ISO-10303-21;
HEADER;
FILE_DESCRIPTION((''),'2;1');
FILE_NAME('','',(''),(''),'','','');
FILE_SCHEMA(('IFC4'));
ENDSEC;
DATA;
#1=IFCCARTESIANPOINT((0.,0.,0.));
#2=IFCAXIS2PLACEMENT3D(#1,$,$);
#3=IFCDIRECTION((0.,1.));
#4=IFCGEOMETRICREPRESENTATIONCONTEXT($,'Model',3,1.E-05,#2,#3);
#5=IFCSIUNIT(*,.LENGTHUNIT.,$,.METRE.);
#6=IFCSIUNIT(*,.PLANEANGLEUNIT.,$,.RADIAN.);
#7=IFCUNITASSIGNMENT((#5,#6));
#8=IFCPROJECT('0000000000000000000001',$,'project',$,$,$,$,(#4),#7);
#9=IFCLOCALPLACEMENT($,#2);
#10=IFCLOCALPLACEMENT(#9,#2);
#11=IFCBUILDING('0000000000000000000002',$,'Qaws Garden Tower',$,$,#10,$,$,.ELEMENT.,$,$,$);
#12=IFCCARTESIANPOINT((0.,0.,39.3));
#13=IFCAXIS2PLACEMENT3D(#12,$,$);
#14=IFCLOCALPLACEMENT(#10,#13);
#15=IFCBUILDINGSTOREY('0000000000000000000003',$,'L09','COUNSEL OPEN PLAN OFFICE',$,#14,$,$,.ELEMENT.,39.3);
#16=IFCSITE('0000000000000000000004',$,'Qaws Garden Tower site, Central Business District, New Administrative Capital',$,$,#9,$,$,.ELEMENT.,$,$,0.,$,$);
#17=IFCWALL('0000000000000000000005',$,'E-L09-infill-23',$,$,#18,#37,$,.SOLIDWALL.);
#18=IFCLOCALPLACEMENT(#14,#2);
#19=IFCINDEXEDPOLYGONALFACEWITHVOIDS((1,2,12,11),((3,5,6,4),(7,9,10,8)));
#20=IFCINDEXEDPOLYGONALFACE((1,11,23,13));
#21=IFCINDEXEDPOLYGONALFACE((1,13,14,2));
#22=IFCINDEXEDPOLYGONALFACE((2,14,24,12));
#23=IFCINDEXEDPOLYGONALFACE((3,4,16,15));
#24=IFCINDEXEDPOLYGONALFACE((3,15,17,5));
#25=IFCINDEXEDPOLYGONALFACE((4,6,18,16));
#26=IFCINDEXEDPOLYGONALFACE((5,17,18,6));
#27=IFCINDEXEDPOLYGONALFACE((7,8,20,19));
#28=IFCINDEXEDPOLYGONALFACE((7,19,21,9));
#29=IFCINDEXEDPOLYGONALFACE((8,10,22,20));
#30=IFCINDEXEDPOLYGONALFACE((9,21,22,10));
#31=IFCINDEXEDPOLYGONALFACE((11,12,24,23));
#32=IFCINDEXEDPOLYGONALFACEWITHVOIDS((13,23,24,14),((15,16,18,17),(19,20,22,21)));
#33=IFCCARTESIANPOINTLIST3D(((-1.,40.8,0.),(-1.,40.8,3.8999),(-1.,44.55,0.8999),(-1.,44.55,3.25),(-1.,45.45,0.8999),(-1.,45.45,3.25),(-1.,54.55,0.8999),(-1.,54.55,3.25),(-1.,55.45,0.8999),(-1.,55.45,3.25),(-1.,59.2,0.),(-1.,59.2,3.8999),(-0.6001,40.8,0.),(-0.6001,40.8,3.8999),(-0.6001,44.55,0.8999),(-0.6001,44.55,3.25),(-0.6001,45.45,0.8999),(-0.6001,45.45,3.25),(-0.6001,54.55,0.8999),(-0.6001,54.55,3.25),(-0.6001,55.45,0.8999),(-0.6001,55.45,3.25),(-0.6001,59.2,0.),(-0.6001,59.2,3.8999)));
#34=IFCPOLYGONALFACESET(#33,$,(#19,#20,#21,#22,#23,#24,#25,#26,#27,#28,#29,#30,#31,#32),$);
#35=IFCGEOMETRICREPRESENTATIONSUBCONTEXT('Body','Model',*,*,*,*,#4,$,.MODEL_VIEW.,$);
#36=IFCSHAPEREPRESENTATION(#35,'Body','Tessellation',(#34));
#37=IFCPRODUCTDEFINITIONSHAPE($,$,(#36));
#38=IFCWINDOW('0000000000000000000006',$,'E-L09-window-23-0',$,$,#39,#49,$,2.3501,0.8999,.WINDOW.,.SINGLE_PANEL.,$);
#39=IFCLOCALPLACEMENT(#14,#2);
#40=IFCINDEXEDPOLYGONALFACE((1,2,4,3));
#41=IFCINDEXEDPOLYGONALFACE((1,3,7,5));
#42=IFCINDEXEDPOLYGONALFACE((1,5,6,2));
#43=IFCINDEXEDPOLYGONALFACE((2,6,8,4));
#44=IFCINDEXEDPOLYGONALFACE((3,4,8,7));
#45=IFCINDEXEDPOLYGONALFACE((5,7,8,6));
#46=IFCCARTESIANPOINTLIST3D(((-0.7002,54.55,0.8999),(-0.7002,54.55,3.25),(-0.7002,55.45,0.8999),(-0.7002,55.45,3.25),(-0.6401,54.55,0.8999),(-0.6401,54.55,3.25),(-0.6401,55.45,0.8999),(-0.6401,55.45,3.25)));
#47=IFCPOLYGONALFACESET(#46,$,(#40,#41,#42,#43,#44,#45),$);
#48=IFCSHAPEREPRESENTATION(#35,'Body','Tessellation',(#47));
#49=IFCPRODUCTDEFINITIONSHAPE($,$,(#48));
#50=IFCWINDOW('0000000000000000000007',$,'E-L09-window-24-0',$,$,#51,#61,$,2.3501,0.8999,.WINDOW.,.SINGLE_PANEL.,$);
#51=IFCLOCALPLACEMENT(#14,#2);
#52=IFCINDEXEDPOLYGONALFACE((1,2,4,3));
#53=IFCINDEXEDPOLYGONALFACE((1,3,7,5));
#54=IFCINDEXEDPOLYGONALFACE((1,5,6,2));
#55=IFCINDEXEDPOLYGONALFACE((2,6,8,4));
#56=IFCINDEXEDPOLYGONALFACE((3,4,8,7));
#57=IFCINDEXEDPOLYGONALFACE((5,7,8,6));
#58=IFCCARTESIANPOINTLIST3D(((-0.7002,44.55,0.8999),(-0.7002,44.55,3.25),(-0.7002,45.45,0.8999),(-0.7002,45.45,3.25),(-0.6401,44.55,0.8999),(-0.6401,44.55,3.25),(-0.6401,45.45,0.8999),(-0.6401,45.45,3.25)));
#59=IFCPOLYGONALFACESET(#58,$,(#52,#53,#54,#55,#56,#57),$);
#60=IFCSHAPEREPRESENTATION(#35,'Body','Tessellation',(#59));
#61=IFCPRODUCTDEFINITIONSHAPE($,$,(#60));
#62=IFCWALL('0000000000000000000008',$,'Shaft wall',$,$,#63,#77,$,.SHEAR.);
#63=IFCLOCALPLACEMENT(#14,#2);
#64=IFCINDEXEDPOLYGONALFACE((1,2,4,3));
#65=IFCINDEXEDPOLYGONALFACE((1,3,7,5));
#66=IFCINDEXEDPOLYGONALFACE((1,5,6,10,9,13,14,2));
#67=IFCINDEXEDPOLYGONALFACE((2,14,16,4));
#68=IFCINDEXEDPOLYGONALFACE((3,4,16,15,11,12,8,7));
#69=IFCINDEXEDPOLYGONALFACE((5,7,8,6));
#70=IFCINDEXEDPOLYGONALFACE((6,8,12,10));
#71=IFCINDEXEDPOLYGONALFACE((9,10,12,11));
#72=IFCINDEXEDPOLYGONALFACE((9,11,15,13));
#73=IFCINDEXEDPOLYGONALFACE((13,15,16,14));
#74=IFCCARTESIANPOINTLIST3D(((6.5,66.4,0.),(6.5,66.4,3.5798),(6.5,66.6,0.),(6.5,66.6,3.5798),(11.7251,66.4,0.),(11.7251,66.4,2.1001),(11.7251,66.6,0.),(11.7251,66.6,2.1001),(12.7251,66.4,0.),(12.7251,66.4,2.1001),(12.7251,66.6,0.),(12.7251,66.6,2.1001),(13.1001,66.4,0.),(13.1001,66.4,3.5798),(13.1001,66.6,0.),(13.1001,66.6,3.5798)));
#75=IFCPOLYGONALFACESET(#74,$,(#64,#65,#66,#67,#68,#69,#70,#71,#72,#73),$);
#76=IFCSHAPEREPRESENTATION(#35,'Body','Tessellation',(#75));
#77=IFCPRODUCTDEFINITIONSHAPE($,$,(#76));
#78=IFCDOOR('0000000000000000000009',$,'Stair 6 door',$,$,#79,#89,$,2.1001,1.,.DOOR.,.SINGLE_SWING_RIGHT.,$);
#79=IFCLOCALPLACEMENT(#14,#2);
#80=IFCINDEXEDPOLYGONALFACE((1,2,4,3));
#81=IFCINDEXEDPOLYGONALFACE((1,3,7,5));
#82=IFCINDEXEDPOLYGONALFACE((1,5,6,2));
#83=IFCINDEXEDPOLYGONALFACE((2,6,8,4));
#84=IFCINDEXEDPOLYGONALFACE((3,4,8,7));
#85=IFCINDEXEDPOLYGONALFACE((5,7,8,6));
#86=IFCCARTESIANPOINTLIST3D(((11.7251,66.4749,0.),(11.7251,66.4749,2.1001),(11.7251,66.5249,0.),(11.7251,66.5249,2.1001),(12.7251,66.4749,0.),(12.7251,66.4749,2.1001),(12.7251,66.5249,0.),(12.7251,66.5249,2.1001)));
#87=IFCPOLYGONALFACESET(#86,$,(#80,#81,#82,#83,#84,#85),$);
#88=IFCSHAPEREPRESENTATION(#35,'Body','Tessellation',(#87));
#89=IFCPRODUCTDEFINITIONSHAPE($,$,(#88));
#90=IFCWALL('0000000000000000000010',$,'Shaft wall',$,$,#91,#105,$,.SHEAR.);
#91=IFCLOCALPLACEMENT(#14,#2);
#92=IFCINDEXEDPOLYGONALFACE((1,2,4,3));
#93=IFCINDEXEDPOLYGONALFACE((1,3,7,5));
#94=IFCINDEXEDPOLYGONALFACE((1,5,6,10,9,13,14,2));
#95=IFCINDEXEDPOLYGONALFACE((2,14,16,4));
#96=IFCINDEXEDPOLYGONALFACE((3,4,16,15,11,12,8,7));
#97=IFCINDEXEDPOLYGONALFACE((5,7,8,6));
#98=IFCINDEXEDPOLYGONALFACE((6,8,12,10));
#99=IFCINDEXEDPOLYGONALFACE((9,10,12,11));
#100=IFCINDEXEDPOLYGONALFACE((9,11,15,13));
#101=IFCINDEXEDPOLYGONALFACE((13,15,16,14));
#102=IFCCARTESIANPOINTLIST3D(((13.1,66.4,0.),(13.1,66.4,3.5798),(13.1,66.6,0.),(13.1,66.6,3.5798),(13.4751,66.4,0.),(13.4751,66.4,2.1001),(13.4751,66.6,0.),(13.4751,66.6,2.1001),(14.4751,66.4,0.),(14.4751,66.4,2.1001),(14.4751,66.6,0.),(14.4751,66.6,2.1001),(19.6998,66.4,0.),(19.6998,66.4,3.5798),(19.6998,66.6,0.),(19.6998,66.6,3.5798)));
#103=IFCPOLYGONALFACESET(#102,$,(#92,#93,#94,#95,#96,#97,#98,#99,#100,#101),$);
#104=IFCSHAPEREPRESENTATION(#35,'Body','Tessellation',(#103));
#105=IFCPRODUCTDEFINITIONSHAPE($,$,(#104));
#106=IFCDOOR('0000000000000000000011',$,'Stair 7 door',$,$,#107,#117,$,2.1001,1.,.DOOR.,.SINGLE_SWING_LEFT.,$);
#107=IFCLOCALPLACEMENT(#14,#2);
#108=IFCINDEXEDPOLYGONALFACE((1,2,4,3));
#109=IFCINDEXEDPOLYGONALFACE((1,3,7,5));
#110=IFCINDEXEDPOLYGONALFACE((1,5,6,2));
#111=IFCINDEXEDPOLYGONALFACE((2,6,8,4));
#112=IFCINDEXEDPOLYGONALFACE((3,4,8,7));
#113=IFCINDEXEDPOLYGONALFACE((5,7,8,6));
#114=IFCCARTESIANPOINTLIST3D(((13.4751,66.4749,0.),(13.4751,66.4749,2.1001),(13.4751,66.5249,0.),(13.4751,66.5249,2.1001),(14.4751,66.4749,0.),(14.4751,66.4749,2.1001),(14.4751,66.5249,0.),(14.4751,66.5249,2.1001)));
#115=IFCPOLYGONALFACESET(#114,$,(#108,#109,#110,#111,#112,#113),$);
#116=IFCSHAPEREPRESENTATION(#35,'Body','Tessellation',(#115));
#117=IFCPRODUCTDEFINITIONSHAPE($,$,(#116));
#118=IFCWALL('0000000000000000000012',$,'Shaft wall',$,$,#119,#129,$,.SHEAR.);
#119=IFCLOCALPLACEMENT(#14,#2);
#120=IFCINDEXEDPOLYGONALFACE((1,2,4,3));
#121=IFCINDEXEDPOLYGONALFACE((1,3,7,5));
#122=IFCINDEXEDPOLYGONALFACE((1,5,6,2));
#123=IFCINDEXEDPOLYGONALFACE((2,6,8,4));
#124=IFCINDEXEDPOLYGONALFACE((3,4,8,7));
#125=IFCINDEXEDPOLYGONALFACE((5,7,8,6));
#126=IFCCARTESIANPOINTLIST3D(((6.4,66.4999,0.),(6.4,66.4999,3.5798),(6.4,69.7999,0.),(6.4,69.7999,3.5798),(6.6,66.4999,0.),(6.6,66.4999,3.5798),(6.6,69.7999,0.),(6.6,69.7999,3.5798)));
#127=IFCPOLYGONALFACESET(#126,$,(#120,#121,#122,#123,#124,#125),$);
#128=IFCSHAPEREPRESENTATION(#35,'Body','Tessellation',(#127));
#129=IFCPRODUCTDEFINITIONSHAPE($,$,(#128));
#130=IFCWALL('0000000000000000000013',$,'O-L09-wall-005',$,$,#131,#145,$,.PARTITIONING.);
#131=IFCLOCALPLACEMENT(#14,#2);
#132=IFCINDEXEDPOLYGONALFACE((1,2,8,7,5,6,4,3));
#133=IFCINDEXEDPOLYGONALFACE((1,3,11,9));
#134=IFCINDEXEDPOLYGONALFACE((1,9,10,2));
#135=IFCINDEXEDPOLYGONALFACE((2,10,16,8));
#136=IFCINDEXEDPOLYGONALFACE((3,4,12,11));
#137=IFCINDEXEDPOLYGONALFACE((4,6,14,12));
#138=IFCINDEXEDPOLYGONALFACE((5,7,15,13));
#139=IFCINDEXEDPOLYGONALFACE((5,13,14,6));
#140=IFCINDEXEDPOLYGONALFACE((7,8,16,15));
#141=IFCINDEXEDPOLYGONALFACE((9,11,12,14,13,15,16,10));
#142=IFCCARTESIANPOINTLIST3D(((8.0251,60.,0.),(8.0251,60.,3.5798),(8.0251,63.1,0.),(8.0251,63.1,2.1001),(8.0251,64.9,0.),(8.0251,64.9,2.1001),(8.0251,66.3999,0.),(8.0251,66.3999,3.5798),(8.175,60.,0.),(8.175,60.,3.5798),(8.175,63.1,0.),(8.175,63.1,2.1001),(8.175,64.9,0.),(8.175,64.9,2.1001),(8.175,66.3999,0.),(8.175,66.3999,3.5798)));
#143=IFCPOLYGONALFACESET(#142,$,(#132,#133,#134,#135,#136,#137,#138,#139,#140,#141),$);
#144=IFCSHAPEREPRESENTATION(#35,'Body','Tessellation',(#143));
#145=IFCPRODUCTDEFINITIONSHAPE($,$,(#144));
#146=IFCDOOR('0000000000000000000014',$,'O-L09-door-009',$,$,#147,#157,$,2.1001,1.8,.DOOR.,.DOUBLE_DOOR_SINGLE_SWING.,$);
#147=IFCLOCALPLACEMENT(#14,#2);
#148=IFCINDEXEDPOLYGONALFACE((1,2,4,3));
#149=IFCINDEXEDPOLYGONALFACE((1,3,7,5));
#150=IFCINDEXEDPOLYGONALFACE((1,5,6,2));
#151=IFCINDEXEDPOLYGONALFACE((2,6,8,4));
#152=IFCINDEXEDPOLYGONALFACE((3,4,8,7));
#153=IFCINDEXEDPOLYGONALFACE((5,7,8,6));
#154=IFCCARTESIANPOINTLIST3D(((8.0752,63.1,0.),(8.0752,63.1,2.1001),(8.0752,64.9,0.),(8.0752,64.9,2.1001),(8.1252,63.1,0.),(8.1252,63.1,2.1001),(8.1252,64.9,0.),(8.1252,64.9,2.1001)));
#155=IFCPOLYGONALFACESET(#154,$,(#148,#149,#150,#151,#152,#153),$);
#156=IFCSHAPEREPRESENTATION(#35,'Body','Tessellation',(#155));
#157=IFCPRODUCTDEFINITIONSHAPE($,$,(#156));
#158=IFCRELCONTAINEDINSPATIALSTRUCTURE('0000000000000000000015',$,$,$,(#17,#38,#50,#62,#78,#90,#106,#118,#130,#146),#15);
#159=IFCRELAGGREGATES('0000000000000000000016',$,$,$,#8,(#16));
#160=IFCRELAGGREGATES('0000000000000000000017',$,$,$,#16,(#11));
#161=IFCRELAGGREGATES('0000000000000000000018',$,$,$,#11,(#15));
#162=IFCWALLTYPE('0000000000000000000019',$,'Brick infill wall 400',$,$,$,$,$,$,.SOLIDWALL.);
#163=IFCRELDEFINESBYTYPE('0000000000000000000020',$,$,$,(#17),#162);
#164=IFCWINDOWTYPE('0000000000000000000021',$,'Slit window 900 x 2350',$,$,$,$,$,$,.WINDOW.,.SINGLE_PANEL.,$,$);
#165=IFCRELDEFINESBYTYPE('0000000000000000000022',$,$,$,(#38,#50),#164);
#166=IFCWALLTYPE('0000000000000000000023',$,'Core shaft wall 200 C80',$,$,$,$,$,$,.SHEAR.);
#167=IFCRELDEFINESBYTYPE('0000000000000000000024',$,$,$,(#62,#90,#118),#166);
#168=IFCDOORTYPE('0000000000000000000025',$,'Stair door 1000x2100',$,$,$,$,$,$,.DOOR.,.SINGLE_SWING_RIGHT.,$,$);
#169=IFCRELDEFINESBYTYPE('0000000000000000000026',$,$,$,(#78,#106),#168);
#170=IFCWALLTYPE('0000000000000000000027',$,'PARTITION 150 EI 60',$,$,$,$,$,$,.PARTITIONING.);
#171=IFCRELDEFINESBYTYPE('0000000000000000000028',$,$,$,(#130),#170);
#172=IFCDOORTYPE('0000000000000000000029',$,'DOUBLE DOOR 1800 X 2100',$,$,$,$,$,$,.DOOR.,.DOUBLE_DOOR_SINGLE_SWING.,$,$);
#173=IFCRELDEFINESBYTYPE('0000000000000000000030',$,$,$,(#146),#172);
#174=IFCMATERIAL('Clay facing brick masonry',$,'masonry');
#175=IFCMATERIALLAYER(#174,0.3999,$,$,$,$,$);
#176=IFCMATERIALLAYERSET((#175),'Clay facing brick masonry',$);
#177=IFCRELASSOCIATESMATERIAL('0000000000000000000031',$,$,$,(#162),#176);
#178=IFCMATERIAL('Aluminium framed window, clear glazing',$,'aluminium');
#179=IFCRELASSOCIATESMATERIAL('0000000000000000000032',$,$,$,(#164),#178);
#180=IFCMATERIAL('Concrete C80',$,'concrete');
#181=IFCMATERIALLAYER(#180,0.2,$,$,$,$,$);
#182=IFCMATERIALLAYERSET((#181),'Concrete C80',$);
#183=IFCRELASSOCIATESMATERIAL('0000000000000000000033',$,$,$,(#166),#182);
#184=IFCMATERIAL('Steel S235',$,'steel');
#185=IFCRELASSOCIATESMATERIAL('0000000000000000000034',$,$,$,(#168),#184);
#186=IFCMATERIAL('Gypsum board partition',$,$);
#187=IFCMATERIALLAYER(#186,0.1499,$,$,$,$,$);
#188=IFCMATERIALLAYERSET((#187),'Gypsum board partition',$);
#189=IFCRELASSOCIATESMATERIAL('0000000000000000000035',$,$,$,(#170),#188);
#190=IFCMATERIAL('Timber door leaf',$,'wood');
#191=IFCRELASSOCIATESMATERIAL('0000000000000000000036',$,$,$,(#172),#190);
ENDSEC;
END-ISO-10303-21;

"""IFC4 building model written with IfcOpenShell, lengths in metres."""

from ifc_helpers import new_model, si_unit, direction, frame, frame_2d, origin, place, context, subcontext, project, spatial, rectangle, extrude, material, layer, layer_set, type_object, element, fill, save


model = new_model("IFC4")

# Units and contexts
model_context = context("Model", 3, precision=1e-05, world=origin(), true_north=direction((0.0, 1.0)))
body_context = subcontext(model_context, "Body", "Model", "MODEL_VIEW")
ifc_project = project(units=[si_unit("LENGTHUNIT", "METRE"), si_unit("PLANEANGLEUNIT", "RADIAN")], contexts=[model_context])

# Site, building, storey
site_placement = place(None, origin())
site = spatial("IfcSite", under=ifc_project, at=site_placement, Name="Qaws Garden Tower site, Central Business District, New Administrative Capital", CompositionType="ELEMENT", RefElevation=0.0)
building_placement = place(site_placement, origin())
building = spatial("IfcBuilding", under=site, at=building_placement, Name="Qaws Garden Tower", CompositionType="ELEMENT")
storey_placement = place(building_placement, frame((0.0, 0.0, 39.3)))
storey = spatial("IfcBuildingStorey", under=building, at=storey_placement, Name="L09", Description="COUNSEL OPEN PLAN OFFICE", CompositionType="ELEMENT", Elevation=39.3)

# Shared definitions
ifc_material_1 = material(Name="Clay facing brick masonry", Category="masonry")
ifc_layer_1 = layer(ifc_material_1, 0.3999)
ifc_layer_set_1 = layer_set([ifc_layer_1], Name="Clay facing brick masonry")
wall_type_1 = type_object("IfcWallType", Name="Brick infill wall 400", PredefinedType="SOLIDWALL", material=ifc_layer_set_1)

# Wall, openings, windows
wall_1_placement = place(storey_placement, frame((-0.8, 59.2, 0.0), z_axis=(0.0, 0.0, 1.0), x_axis=(0.0, -1.0, 0.0)))
wall_1 = element("IfcWall", 1, at=wall_1_placement, inside=storey, type_object=wall_type_1, Name="E-L09-infill-23", PredefinedType="SOLIDWALL", context=body_context, shape_type="SweptSolid", body=[
    extrude(rectangle(XDim=18.3999, YDim=0.3999, at=frame_2d((9.2, 0.0))), origin(), (0.0, 0.0, 1.0), 3.8999),
])
opening_1_placement = place(wall_1_placement, frame((3.75, 0.0, 0.8999)))
opening_1 = element("IfcOpeningElement", 2, at=opening_1_placement, cuts=wall_1, PredefinedType="OPENING", context=body_context, shape_type="SweptSolid", body=[
    extrude(rectangle(XDim=0.8999, YDim=2.3501, at=frame_2d((0.45, 1.175))), frame((0.0, 0.21, 0.0), z_axis=(0.0, -1.0, 0.0), x_axis=(1.0, 0.0, 0.0)), (0.0, 0.0, 1.0), 0.4199),
])
opening_2_placement = place(wall_1_placement, frame((13.75, 0.0, 0.8999)))
opening_2 = element("IfcOpeningElement", 3, at=opening_2_placement, cuts=wall_1, PredefinedType="OPENING", context=body_context, shape_type="SweptSolid", body=[
    extrude(rectangle(XDim=0.8999, YDim=2.3501, at=frame_2d((0.45, 1.175))), frame((0.0, 0.21, 0.0), z_axis=(0.0, -1.0, 0.0), x_axis=(1.0, 0.0, 0.0)), (0.0, 0.0, 1.0), 0.4199),
])
ifc_material_2 = material(Name="Aluminium framed window, clear glazing", Category="aluminium")
window_type_1 = type_object("IfcWindowType", Name="Slit window 900 x 2350", PartitioningType="SINGLE_PANEL", PredefinedType="WINDOW", material=ifc_material_2)
window_1_placement = place(opening_1_placement, origin())
window_1 = element("IfcWindow", 4, at=window_1_placement, inside=storey, type_object=window_type_1, Name="E-L09-window-23-0", OverallHeight=2.3501, OverallWidth=0.8999, PartitioningType="SINGLE_PANEL", PredefinedType="WINDOW", context=body_context, shape_type="SweptSolid", body=[
    extrude(rectangle(XDim=0.8999, YDim=2.3501, at=frame_2d((0.45, 1.175))), frame((0.0, 0.1599, 0.0), z_axis=(0.0, -1.0, 0.0), x_axis=(1.0, 0.0, 0.0)), (0.0, 0.0, 1.0), 0.0601),
])
fill(opening_1, window_1)
window_2_placement = place(opening_2_placement, origin())
window_2 = element("IfcWindow", 5, at=window_2_placement, inside=storey, type_object=window_type_1, Name="E-L09-window-24-0", OverallHeight=2.3501, OverallWidth=0.8999, PartitioningType="SINGLE_PANEL", PredefinedType="WINDOW", context=body_context, shape_type="SweptSolid", body=[
    extrude(rectangle(XDim=0.8999, YDim=2.3501, at=frame_2d((0.45, 1.175))), frame((0.0, 0.1599, 0.0), z_axis=(0.0, -1.0, 0.0), x_axis=(1.0, 0.0, 0.0)), (0.0, 0.0, 1.0), 0.0601),
])
fill(opening_2, window_2)

# Walls, openings, doors
ifc_material_3 = material(Name="Concrete C80", Category="concrete")
ifc_layer_2 = layer(ifc_material_3, 0.2)
ifc_layer_set_2 = layer_set([ifc_layer_2], Name="Concrete C80")
wall_type_2 = type_object("IfcWallType", Name="Core shaft wall 200 C80", PredefinedType="SHEAR", material=ifc_layer_set_2)
wall_2_placement = place(storey_placement, frame((6.5, 66.5, 0.0), z_axis=(0.0, 0.0, 1.0), x_axis=(1.0, 0.0, 0.0)))
wall_2 = element("IfcWall", 6, at=wall_2_placement, inside=storey, type_object=wall_type_2, Name="Shaft wall", PredefinedType="SHEAR", context=body_context, shape_type="SweptSolid", body=[
    extrude(rectangle(XDim=6.6001, YDim=0.2, at=frame_2d((3.3, 0.0))), origin(), (0.0, 0.0, 1.0), 3.5798),
])
opening_3_placement = place(wall_2_placement, frame((5.2251, 0.0, 0.0)))
opening_3 = element("IfcOpeningElement", 7, at=opening_3_placement, cuts=wall_2, PredefinedType="OPENING", context=body_context, shape_type="SweptSolid", body=[
    extrude(rectangle(XDim=1.0, YDim=2.1001, at=frame_2d((0.5, 1.05))), frame((0.0, 0.1099, 0.0), z_axis=(0.0, -1.0, 0.0), x_axis=(1.0, 0.0, 0.0)), (0.0, 0.0, 1.0), 0.22),
])
ifc_material_4 = material(Name="Steel S235", Category="steel")
door_type_1 = type_object("IfcDoorType", Name="Stair door 1000x2100", OperationType="SINGLE_SWING_RIGHT", PredefinedType="DOOR", material=ifc_material_4)
door_1_placement = place(opening_3_placement, origin())
door_1 = element("IfcDoor", 8, at=door_1_placement, inside=storey, type_object=door_type_1, Name="Stair 6 door", OperationType="SINGLE_SWING_RIGHT", OverallHeight=2.1001, OverallWidth=1.0, PredefinedType="DOOR", context=body_context, shape_type="SweptSolid", body=[
    extrude(rectangle(XDim=1.0, YDim=2.1001, at=frame_2d((0.5, 1.05))), frame((0.0, 0.0249, 0.0), z_axis=(0.0, -1.0, 0.0), x_axis=(1.0, 0.0, 0.0)), (0.0, 0.0, 1.0), 0.05),
])
fill(opening_3, door_1)
wall_3_placement = place(storey_placement, frame((13.1001, 66.5, 0.0), z_axis=(0.0, 0.0, 1.0), x_axis=(1.0, 0.0, 0.0)))
wall_3 = element("IfcWall", 9, at=wall_3_placement, inside=storey, type_object=wall_type_2, Name="Shaft wall", PredefinedType="SHEAR", context=body_context, shape_type="SweptSolid", body=[
    extrude(rectangle(XDim=6.5999, YDim=0.2, at=frame_2d((3.2998, 0.0))), origin(), (0.0, 0.0, 1.0), 3.5798),
])
opening_4_placement = place(wall_3_placement, frame((0.375, 0.0, 0.0)))
opening_4 = element("IfcOpeningElement", 10, at=opening_4_placement, cuts=wall_3, PredefinedType="OPENING", context=body_context, shape_type="SweptSolid", body=[
    extrude(rectangle(XDim=1.0, YDim=2.1001, at=frame_2d((0.5, 1.05))), frame((0.0, 0.1099, 0.0), z_axis=(0.0, -1.0, 0.0), x_axis=(1.0, 0.0, 0.0)), (0.0, 0.0, 1.0), 0.22),
])
door_2_placement = place(opening_4_placement, origin())
door_2 = element("IfcDoor", 11, at=door_2_placement, inside=storey, type_object=door_type_1, Name="Stair 7 door", OperationType="SINGLE_SWING_LEFT", OverallHeight=2.1001, OverallWidth=1.0, PredefinedType="DOOR", context=body_context, shape_type="SweptSolid", body=[
    extrude(rectangle(XDim=1.0, YDim=2.1001, at=frame_2d((0.5, 1.05))), frame((0.0, 0.0249, 0.0), z_axis=(0.0, -1.0, 0.0), x_axis=(1.0, 0.0, 0.0)), (0.0, 0.0, 1.0), 0.05),
])
fill(opening_4, door_2)

# Wall
wall_4_placement = place(storey_placement, frame((6.5, 66.5, 0.0), z_axis=(0.0, 0.0, 1.0), x_axis=(0.0, 1.0, 0.0)))
element("IfcWall", 12, at=wall_4_placement, inside=storey, type_object=wall_type_2, Name="Shaft wall", PredefinedType="SHEAR", context=body_context, shape_type="SweptSolid", body=[
    extrude(rectangle(XDim=3.3, YDim=0.2, at=frame_2d((1.6499, 0.0))), origin(), (0.0, 0.0, 1.0), 3.5798),
])

# Wall, opening, door
ifc_material_5 = material(Name="Gypsum board partition")
ifc_layer_3 = layer(ifc_material_5, 0.1499)
ifc_layer_set_3 = layer_set([ifc_layer_3], Name="Gypsum board partition")
wall_type_3 = type_object("IfcWallType", Name="PARTITION 150 EI 60", PredefinedType="PARTITIONING", material=ifc_layer_set_3)
wall_5_placement = place(storey_placement, frame((8.1001, 60.0, 0.0), z_axis=(0.0, 0.0, 1.0), x_axis=(0.0, 1.0, 0.0)))
wall_5 = element("IfcWall", 13, at=wall_5_placement, inside=storey, type_object=wall_type_3, Name="O-L09-wall-005", PredefinedType="PARTITIONING", context=body_context, shape_type="SweptSolid", body=[
    extrude(rectangle(XDim=6.3999, YDim=0.1499, at=frame_2d((3.2, 0.0))), origin(), (0.0, 0.0, 1.0), 3.5798),
])
opening_5_placement = place(wall_5_placement, frame((3.1001, 0.0, 0.0)))
opening_5 = element("IfcOpeningElement", 14, at=opening_5_placement, cuts=wall_5, PredefinedType="OPENING", context=body_context, shape_type="SweptSolid", body=[
    extrude(rectangle(XDim=1.8, YDim=2.1001, at=frame_2d((0.8999, 1.05))), frame((0.0, 0.085, 0.0), z_axis=(0.0, -1.0, 0.0), x_axis=(1.0, 0.0, 0.0)), (0.0, 0.0, 1.0), 0.1699),
])
ifc_material_6 = material(Name="Timber door leaf", Category="wood")
door_type_2 = type_object("IfcDoorType", Name="DOUBLE DOOR 1800 X 2100", OperationType="DOUBLE_DOOR_SINGLE_SWING", PredefinedType="DOOR", material=ifc_material_6)
door_3_placement = place(opening_5_placement, origin())
door_3 = element("IfcDoor", 15, at=door_3_placement, inside=storey, type_object=door_type_2, Name="O-L09-door-009", OperationType="DOUBLE_DOOR_SINGLE_SWING", OverallHeight=2.1001, OverallWidth=1.8, PredefinedType="DOOR", context=body_context, shape_type="SweptSolid", body=[
    extrude(rectangle(XDim=1.8, YDim=2.1001, at=frame_2d((0.8999, 1.05))), frame((0.0, 0.0249, 0.0), z_axis=(0.0, -1.0, 0.0), x_axis=(1.0, 0.0, 0.0)), (0.0, 0.0, 1.0), 0.05),
])
fill(opening_5, door_3)

save(model, "model.ifc")
